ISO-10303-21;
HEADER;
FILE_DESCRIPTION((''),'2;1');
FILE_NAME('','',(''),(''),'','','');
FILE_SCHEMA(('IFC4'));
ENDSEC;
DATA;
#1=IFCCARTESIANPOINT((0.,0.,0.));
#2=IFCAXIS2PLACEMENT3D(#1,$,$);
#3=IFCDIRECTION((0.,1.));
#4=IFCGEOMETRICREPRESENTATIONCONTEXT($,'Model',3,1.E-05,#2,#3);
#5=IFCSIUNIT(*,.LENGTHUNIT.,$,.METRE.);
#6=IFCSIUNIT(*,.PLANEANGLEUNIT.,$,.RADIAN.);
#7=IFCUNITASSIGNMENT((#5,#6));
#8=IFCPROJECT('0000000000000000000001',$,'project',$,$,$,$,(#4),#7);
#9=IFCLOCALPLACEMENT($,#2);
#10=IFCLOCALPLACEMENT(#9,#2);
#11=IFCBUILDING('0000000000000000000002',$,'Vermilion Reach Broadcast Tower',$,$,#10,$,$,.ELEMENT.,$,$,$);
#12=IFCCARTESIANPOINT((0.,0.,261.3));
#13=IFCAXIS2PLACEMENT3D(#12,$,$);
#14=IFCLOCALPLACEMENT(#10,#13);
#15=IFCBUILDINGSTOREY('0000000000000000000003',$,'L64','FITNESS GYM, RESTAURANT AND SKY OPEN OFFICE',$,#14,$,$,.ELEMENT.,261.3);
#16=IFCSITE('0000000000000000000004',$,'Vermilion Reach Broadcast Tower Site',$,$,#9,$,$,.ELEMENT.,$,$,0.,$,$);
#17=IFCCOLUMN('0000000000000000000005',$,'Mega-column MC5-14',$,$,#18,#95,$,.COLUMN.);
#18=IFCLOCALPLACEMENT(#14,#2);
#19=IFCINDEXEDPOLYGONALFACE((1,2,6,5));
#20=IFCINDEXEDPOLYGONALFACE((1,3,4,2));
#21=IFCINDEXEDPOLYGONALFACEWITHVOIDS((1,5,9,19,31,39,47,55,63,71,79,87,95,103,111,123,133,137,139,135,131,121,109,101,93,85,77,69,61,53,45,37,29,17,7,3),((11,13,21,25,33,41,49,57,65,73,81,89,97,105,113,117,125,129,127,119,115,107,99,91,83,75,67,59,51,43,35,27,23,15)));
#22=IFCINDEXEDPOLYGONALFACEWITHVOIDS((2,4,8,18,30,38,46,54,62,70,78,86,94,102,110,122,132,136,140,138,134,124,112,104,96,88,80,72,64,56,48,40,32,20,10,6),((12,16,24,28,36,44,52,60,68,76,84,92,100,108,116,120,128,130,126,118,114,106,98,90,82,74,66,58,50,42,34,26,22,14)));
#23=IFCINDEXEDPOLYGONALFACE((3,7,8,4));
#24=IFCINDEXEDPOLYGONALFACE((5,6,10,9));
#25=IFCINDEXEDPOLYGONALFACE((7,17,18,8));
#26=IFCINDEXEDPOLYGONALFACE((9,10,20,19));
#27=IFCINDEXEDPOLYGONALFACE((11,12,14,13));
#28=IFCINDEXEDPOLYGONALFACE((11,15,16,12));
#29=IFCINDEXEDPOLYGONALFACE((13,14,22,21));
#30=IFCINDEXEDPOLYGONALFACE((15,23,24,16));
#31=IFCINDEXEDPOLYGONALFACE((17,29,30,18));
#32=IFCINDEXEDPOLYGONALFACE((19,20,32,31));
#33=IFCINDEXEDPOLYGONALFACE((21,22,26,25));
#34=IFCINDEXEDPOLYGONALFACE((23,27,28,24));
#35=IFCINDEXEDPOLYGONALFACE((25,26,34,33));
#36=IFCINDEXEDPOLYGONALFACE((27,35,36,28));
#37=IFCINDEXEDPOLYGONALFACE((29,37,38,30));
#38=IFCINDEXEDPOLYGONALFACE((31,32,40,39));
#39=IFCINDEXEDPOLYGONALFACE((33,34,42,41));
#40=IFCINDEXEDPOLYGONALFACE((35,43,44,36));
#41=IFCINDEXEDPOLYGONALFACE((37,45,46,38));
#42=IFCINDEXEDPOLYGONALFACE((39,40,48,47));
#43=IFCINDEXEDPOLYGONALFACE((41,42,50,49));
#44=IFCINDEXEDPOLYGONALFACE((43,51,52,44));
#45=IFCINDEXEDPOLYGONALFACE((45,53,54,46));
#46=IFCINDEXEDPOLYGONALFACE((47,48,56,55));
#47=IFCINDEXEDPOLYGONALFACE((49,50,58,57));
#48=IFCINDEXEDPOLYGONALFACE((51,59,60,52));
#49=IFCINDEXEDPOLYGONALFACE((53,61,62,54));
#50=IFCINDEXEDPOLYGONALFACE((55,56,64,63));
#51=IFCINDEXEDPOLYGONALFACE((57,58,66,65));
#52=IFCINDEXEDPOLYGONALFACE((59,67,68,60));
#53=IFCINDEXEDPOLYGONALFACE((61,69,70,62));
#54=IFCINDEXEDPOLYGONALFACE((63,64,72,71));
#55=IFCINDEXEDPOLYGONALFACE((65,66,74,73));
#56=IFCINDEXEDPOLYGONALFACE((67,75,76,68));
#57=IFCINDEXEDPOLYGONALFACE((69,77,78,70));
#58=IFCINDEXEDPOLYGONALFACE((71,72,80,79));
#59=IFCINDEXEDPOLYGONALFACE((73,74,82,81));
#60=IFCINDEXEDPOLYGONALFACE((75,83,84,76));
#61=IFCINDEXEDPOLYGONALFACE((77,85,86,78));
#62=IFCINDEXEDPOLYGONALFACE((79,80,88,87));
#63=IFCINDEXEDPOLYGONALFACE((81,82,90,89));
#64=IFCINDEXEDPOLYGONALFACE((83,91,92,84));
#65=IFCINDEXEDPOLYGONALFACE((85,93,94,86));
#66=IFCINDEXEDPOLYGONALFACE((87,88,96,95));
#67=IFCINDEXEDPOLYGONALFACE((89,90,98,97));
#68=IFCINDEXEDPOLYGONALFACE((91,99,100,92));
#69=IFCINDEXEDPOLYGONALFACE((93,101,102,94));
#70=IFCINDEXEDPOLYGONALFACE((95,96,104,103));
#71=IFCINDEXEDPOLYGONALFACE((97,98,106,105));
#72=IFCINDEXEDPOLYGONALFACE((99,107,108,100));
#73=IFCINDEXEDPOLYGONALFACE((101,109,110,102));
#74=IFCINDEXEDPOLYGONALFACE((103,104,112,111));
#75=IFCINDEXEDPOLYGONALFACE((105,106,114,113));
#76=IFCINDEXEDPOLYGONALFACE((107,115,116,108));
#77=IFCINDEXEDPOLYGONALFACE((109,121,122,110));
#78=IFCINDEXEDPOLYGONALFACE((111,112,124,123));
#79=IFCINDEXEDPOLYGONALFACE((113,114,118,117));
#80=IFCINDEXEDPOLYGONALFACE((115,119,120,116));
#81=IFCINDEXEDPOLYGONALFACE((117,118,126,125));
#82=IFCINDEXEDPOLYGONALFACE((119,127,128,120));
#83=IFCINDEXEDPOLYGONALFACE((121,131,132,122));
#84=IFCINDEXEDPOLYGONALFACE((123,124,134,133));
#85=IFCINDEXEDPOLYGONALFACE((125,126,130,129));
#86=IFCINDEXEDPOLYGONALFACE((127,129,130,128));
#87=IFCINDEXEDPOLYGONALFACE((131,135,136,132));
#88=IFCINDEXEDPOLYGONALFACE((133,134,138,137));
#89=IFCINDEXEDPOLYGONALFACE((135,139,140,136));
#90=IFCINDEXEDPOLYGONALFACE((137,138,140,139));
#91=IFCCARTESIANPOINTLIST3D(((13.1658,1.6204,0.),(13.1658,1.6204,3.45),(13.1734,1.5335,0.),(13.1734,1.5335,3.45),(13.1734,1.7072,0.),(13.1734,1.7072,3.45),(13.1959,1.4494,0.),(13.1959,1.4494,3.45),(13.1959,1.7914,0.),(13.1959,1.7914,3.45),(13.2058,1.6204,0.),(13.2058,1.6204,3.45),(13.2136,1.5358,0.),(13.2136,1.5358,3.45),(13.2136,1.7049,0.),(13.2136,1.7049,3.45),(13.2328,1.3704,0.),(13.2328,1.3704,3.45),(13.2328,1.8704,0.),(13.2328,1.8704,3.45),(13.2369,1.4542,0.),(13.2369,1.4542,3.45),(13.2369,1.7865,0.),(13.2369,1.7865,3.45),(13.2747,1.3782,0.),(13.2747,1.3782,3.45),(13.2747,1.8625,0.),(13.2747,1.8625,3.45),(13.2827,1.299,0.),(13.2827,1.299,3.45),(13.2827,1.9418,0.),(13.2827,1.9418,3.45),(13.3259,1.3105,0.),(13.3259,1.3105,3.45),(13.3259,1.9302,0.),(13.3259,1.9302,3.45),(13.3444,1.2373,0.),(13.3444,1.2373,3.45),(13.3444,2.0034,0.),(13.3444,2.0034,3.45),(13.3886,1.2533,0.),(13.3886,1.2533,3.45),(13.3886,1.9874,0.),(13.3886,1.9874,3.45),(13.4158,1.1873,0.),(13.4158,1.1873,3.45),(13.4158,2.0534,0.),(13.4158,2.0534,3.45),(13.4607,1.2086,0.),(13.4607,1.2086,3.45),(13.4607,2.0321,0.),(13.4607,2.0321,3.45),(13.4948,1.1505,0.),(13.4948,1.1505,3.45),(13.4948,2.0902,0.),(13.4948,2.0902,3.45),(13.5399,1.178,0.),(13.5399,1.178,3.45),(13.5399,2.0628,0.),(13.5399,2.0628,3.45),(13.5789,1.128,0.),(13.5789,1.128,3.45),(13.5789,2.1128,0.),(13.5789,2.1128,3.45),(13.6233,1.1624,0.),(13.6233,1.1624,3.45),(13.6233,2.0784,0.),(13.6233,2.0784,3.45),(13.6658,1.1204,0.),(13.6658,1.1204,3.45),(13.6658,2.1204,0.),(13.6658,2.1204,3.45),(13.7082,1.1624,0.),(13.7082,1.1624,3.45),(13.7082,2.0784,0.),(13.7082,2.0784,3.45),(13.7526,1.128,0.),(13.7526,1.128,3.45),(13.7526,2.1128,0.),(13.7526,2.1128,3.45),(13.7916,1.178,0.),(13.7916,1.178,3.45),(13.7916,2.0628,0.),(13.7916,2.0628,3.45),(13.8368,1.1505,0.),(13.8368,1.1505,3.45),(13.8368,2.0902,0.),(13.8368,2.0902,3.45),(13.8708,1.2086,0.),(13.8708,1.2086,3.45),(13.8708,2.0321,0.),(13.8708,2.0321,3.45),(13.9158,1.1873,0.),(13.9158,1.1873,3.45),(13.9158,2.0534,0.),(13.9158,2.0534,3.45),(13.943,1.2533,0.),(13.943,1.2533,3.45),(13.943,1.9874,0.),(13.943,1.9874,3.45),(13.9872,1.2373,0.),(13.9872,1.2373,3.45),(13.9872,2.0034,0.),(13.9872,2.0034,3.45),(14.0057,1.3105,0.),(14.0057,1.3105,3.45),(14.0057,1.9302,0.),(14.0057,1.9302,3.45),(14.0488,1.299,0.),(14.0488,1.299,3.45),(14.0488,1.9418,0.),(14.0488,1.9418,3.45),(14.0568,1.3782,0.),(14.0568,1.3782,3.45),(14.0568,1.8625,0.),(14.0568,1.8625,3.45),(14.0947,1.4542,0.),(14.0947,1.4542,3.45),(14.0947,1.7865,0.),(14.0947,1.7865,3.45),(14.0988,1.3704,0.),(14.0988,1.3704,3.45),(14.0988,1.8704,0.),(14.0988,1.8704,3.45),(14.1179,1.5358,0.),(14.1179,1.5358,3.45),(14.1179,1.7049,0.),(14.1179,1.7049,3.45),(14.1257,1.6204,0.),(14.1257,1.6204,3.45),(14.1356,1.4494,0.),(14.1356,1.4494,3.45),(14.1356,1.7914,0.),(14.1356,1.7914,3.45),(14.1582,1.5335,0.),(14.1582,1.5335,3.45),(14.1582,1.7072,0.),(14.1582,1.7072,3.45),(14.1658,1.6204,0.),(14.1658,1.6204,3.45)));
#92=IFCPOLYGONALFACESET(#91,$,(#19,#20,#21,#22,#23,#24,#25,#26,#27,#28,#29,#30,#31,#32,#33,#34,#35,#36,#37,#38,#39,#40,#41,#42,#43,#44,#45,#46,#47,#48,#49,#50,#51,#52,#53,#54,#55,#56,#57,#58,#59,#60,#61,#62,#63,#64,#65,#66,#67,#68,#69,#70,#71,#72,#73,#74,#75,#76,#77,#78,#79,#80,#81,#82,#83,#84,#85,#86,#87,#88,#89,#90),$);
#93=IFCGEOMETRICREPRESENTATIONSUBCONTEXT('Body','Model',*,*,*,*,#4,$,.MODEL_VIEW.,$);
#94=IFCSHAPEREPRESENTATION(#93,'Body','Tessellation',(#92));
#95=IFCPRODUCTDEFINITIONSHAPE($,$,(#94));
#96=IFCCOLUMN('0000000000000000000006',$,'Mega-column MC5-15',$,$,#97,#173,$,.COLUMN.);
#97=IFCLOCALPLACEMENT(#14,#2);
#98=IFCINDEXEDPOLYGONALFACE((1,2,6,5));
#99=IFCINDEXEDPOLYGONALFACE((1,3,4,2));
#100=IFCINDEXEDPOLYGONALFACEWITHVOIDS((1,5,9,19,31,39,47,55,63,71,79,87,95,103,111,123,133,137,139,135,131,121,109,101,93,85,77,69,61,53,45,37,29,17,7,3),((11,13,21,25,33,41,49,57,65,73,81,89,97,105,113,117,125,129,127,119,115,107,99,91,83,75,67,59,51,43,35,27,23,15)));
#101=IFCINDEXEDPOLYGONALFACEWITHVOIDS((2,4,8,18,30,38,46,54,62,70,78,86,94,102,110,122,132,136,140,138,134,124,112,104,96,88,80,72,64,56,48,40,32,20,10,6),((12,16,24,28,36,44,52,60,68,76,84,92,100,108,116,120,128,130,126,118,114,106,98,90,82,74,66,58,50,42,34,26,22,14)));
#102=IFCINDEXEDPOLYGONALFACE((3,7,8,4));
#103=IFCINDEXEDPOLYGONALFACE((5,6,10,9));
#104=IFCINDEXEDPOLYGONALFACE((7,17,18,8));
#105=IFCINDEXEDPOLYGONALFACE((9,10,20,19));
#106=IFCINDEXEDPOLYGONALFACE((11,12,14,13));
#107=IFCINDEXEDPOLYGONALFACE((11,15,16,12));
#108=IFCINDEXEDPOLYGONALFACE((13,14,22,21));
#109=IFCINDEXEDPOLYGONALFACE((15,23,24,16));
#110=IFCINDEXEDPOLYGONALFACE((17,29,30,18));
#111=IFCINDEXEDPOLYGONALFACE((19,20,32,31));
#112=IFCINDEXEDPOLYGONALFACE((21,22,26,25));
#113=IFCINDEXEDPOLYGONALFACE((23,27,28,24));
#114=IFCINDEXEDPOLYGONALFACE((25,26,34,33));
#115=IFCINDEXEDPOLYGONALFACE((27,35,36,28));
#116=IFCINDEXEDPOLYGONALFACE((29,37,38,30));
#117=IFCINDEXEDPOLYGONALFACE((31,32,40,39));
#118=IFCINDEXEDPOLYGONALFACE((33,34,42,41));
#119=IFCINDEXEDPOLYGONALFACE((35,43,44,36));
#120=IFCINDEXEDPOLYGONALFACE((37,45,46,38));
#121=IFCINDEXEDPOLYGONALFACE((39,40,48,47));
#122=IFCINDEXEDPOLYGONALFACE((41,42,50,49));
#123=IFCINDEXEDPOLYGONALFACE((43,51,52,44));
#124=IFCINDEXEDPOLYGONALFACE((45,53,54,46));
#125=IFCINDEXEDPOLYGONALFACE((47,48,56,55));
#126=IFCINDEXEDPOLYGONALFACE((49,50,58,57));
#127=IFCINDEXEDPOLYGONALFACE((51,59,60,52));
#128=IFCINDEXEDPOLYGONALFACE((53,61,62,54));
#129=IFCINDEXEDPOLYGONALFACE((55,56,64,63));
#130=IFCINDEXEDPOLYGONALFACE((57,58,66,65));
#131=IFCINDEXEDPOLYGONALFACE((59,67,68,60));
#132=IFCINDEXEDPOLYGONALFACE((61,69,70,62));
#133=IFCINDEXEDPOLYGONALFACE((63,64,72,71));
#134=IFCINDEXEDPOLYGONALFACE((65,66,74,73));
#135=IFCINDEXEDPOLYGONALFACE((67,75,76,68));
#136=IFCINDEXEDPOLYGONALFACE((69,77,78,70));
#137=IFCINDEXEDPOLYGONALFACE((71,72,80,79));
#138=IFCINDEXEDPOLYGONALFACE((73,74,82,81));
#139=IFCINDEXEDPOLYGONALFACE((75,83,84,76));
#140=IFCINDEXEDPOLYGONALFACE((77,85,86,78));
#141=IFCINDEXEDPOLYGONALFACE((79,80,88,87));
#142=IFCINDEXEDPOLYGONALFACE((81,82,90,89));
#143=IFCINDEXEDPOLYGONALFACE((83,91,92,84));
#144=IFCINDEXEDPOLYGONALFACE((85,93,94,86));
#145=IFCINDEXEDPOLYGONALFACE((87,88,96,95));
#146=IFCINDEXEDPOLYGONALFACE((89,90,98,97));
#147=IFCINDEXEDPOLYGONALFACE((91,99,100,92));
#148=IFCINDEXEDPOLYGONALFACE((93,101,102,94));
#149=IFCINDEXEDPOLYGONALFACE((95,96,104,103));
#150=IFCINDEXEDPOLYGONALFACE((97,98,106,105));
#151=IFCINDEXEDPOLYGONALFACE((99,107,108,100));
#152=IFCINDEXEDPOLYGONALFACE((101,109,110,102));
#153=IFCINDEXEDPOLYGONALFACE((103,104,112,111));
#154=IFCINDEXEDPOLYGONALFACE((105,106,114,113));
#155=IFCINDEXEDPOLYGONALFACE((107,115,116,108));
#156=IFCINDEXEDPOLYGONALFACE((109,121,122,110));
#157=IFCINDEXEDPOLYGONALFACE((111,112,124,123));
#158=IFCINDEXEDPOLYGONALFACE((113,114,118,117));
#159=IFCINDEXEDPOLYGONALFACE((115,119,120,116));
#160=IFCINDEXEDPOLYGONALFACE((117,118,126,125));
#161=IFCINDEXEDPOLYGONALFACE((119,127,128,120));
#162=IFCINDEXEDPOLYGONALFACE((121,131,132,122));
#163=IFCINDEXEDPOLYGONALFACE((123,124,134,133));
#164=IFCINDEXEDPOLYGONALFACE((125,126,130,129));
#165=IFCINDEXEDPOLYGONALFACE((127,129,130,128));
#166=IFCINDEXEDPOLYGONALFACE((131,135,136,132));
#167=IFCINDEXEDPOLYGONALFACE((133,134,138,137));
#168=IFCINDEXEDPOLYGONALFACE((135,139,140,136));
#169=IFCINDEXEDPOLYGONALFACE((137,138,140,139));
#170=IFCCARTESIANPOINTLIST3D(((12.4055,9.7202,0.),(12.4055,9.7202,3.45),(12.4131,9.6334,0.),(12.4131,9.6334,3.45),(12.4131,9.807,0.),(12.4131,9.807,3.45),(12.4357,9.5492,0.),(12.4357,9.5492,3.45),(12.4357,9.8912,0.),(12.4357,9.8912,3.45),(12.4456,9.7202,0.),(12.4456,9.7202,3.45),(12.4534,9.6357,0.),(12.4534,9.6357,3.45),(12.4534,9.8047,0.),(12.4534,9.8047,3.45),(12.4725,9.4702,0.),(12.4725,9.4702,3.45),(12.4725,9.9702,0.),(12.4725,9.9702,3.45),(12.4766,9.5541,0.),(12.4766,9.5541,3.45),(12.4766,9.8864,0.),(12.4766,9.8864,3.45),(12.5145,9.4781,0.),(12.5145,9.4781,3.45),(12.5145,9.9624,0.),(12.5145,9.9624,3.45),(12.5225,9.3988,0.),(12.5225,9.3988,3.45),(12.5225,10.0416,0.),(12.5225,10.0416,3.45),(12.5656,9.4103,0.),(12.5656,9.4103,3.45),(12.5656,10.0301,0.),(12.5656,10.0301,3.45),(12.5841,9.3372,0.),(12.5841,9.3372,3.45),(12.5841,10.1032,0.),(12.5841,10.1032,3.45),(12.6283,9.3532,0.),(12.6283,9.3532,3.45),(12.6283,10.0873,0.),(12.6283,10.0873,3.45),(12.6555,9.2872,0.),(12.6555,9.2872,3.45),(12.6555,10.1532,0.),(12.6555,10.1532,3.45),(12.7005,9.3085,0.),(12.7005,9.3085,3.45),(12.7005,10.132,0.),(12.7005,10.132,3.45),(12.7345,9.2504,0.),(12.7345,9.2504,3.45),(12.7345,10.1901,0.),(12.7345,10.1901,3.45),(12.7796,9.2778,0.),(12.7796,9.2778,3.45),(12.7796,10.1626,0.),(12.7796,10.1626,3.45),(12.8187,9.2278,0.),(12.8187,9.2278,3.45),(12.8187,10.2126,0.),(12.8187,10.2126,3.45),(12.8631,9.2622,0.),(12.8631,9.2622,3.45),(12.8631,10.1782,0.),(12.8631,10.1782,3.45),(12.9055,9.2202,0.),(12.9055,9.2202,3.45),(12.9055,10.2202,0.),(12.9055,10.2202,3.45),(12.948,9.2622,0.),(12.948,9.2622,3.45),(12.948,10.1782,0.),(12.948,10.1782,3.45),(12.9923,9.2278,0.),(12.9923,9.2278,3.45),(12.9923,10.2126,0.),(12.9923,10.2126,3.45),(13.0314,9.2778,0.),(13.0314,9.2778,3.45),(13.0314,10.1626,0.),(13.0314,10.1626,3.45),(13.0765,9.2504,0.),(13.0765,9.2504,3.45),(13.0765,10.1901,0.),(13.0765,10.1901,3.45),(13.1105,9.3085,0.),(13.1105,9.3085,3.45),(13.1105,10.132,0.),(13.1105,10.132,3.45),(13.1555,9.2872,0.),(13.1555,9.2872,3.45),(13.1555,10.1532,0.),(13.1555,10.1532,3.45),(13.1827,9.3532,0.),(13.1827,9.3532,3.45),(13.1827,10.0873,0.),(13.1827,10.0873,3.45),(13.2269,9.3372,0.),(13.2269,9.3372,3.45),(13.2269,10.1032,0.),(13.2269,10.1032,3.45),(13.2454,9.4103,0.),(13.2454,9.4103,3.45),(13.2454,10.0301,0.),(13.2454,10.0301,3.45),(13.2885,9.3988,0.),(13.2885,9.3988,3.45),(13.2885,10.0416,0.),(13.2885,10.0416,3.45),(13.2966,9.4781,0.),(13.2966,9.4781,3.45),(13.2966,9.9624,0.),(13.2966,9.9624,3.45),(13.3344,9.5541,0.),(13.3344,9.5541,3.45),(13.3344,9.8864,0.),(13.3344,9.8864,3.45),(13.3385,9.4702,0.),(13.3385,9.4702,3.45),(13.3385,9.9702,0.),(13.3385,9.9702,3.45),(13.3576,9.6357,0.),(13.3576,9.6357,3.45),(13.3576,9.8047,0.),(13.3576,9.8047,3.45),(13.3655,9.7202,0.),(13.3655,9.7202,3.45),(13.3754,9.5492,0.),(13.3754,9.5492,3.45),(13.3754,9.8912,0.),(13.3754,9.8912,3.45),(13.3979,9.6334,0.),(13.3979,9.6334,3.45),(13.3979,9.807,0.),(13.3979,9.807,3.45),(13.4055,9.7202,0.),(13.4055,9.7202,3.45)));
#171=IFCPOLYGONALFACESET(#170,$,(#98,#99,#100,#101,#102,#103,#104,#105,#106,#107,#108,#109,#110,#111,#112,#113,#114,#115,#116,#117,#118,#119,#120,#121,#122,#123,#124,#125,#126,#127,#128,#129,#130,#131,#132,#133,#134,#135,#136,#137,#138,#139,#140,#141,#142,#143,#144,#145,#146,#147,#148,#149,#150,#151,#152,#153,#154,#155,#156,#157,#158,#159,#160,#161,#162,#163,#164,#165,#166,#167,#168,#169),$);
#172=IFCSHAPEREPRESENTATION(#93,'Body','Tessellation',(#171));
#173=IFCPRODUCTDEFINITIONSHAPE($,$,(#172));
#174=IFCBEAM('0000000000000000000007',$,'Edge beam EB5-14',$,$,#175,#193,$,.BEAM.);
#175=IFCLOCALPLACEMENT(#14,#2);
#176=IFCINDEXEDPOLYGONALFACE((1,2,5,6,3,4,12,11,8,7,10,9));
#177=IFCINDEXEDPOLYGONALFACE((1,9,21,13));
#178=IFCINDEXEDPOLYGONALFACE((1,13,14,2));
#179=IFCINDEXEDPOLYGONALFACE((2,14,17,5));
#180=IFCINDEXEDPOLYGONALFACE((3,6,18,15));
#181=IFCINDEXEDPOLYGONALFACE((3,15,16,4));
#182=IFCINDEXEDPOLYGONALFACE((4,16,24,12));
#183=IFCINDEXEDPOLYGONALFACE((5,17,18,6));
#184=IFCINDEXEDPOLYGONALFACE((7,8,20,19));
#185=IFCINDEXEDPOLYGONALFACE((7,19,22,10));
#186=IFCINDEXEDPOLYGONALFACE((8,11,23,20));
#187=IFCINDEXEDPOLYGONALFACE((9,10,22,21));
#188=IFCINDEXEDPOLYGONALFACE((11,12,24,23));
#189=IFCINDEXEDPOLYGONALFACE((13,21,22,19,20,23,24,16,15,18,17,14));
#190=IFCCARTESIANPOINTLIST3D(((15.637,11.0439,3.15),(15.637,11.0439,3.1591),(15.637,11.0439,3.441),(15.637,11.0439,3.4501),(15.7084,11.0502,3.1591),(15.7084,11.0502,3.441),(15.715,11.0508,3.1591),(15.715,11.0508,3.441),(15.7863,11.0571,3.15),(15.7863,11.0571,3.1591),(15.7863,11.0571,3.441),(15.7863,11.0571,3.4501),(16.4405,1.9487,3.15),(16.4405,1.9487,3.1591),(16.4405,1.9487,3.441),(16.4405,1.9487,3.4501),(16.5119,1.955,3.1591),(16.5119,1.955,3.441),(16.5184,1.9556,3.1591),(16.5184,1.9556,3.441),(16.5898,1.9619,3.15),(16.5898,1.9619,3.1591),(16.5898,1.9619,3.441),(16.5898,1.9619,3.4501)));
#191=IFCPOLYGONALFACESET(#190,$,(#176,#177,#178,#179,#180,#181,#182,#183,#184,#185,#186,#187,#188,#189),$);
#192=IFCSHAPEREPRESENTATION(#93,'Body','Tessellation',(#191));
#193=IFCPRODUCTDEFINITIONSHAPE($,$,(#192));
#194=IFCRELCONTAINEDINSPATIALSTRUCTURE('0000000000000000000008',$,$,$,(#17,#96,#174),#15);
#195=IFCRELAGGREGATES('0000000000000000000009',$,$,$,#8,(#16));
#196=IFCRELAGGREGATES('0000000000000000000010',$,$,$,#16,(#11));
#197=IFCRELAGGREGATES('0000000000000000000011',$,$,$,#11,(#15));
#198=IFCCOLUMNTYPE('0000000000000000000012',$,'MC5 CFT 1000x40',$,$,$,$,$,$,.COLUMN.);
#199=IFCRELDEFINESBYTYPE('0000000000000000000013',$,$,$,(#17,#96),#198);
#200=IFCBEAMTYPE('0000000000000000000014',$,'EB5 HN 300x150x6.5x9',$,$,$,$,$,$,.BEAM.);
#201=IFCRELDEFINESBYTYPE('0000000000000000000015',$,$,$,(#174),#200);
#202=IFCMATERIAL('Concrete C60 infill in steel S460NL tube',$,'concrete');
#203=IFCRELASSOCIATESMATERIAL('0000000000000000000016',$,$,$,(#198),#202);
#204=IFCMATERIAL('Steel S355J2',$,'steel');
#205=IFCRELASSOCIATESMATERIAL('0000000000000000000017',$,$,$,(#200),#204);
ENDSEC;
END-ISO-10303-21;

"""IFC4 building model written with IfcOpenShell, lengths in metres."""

from ifc_helpers import new_model, si_unit, direction, frame, origin, origin_2d, place, context, subcontext, project, spatial, hollow_circle, i_section, extrude, material, material_profile, profile_set, type_object, element, save


model = new_model("IFC4")

# Units and contexts
model_context = context("Model", 3, precision=1e-05, world=origin(), true_north=direction((0.0, 1.0)))
body_context = subcontext(model_context, "Body", "Model", "MODEL_VIEW")
ifc_project = project(units=[si_unit("LENGTHUNIT", "METRE"), si_unit("PLANEANGLEUNIT", "RADIAN")], contexts=[model_context])

# Site, building, storey
site_placement = place(None, origin())
site = spatial("IfcSite", under=ifc_project, at=site_placement, Name="Vermilion Reach Broadcast Tower Site", CompositionType="ELEMENT", RefElevation=0.0)
building_placement = place(site_placement, origin())
building = spatial("IfcBuilding", under=site, at=building_placement, Name="Vermilion Reach Broadcast Tower", CompositionType="ELEMENT")
storey_placement = place(building_placement, frame((0.0, 0.0, 261.3)))
storey = spatial("IfcBuildingStorey", under=building, at=storey_placement, Name="L64", Description="FITNESS GYM, RESTAURANT AND SKY OPEN OFFICE", CompositionType="ELEMENT", Elevation=261.3)

# Columns
ifc_material_1 = material(Name="Concrete C60 infill in steel S460NL tube", Category="concrete")
ifc_material_profile_1 = material_profile(ifc_material_1, hollow_circle(Radius=0.5, WallThickness=0.04, at=origin_2d()), Name="Concrete C60 infill in steel S460NL tube CFT 1000x40")
ifc_profile_set_1 = profile_set([ifc_material_profile_1], Name="Concrete C60 infill in steel S460NL tube")
column_type = type_object("IfcColumnType", Name="MC5 CFT 1000x40", PredefinedType="COLUMN", material=ifc_profile_set_1)
for number, where, z_axis, x_axis, name in (
    (1, (13.6658, 1.6204, 0.0), (0.0, 0.0, 1.0), (1.0, 0.0, 0.0), "Mega-column MC5-14"),
    (2, (12.9055, 9.7202, 0.0), (0.0, 0.0, 1.0), (1.0, 0.0, 0.0), "Mega-column MC5-15"),
):
    element("IfcColumn", number, at=place(storey_placement, frame(where, z_axis=z_axis, x_axis=x_axis)), inside=storey, type_object=column_type, Name=name, PredefinedType="COLUMN", context=body_context, shape_type="SweptSolid", body=[
        extrude(hollow_circle(Radius=0.5, WallThickness=0.04, at=origin_2d()), origin(), (0.0, 0.0, 1.0), 3.45),
    ])

# Beam
ifc_material_2 = material(Name="Steel S355J2", Category="steel")
ifc_material_profile_2 = material_profile(ifc_material_2, i_section(OverallWidth=0.1499, OverallDepth=0.3, WebThickness=0.0066, FlangeThickness=0.009, at=origin_2d()), Name="S355J2 HN 300x150x6.5x9")
ifc_profile_set_2 = profile_set([ifc_material_profile_2], Name="Steel S355J2")
beam_type_1 = type_object("IfcBeamType", Name="EB5 HN 300x150x6.5x9", PredefinedType="BEAM", material=ifc_profile_set_2)
beam_1_placement = place(storey_placement, frame((16.5151, 1.9553, 3.3), z_axis=(-0.087997, 0.996121, 0.0), x_axis=(-0.996121, -0.087997, 0.0)))
element("IfcBeam", 3, at=beam_1_placement, inside=storey, type_object=beam_type_1, Name="Edge beam EB5-14", PredefinedType="BEAM", context=body_context, shape_type="SweptSolid", body=[
    extrude(i_section(OverallWidth=0.1499, OverallDepth=0.3, WebThickness=0.0066, FlangeThickness=0.009, at=origin_2d()), origin(), (0.0, 0.0, 1.0), 9.1306),
])

save(model, "model.ifc")
